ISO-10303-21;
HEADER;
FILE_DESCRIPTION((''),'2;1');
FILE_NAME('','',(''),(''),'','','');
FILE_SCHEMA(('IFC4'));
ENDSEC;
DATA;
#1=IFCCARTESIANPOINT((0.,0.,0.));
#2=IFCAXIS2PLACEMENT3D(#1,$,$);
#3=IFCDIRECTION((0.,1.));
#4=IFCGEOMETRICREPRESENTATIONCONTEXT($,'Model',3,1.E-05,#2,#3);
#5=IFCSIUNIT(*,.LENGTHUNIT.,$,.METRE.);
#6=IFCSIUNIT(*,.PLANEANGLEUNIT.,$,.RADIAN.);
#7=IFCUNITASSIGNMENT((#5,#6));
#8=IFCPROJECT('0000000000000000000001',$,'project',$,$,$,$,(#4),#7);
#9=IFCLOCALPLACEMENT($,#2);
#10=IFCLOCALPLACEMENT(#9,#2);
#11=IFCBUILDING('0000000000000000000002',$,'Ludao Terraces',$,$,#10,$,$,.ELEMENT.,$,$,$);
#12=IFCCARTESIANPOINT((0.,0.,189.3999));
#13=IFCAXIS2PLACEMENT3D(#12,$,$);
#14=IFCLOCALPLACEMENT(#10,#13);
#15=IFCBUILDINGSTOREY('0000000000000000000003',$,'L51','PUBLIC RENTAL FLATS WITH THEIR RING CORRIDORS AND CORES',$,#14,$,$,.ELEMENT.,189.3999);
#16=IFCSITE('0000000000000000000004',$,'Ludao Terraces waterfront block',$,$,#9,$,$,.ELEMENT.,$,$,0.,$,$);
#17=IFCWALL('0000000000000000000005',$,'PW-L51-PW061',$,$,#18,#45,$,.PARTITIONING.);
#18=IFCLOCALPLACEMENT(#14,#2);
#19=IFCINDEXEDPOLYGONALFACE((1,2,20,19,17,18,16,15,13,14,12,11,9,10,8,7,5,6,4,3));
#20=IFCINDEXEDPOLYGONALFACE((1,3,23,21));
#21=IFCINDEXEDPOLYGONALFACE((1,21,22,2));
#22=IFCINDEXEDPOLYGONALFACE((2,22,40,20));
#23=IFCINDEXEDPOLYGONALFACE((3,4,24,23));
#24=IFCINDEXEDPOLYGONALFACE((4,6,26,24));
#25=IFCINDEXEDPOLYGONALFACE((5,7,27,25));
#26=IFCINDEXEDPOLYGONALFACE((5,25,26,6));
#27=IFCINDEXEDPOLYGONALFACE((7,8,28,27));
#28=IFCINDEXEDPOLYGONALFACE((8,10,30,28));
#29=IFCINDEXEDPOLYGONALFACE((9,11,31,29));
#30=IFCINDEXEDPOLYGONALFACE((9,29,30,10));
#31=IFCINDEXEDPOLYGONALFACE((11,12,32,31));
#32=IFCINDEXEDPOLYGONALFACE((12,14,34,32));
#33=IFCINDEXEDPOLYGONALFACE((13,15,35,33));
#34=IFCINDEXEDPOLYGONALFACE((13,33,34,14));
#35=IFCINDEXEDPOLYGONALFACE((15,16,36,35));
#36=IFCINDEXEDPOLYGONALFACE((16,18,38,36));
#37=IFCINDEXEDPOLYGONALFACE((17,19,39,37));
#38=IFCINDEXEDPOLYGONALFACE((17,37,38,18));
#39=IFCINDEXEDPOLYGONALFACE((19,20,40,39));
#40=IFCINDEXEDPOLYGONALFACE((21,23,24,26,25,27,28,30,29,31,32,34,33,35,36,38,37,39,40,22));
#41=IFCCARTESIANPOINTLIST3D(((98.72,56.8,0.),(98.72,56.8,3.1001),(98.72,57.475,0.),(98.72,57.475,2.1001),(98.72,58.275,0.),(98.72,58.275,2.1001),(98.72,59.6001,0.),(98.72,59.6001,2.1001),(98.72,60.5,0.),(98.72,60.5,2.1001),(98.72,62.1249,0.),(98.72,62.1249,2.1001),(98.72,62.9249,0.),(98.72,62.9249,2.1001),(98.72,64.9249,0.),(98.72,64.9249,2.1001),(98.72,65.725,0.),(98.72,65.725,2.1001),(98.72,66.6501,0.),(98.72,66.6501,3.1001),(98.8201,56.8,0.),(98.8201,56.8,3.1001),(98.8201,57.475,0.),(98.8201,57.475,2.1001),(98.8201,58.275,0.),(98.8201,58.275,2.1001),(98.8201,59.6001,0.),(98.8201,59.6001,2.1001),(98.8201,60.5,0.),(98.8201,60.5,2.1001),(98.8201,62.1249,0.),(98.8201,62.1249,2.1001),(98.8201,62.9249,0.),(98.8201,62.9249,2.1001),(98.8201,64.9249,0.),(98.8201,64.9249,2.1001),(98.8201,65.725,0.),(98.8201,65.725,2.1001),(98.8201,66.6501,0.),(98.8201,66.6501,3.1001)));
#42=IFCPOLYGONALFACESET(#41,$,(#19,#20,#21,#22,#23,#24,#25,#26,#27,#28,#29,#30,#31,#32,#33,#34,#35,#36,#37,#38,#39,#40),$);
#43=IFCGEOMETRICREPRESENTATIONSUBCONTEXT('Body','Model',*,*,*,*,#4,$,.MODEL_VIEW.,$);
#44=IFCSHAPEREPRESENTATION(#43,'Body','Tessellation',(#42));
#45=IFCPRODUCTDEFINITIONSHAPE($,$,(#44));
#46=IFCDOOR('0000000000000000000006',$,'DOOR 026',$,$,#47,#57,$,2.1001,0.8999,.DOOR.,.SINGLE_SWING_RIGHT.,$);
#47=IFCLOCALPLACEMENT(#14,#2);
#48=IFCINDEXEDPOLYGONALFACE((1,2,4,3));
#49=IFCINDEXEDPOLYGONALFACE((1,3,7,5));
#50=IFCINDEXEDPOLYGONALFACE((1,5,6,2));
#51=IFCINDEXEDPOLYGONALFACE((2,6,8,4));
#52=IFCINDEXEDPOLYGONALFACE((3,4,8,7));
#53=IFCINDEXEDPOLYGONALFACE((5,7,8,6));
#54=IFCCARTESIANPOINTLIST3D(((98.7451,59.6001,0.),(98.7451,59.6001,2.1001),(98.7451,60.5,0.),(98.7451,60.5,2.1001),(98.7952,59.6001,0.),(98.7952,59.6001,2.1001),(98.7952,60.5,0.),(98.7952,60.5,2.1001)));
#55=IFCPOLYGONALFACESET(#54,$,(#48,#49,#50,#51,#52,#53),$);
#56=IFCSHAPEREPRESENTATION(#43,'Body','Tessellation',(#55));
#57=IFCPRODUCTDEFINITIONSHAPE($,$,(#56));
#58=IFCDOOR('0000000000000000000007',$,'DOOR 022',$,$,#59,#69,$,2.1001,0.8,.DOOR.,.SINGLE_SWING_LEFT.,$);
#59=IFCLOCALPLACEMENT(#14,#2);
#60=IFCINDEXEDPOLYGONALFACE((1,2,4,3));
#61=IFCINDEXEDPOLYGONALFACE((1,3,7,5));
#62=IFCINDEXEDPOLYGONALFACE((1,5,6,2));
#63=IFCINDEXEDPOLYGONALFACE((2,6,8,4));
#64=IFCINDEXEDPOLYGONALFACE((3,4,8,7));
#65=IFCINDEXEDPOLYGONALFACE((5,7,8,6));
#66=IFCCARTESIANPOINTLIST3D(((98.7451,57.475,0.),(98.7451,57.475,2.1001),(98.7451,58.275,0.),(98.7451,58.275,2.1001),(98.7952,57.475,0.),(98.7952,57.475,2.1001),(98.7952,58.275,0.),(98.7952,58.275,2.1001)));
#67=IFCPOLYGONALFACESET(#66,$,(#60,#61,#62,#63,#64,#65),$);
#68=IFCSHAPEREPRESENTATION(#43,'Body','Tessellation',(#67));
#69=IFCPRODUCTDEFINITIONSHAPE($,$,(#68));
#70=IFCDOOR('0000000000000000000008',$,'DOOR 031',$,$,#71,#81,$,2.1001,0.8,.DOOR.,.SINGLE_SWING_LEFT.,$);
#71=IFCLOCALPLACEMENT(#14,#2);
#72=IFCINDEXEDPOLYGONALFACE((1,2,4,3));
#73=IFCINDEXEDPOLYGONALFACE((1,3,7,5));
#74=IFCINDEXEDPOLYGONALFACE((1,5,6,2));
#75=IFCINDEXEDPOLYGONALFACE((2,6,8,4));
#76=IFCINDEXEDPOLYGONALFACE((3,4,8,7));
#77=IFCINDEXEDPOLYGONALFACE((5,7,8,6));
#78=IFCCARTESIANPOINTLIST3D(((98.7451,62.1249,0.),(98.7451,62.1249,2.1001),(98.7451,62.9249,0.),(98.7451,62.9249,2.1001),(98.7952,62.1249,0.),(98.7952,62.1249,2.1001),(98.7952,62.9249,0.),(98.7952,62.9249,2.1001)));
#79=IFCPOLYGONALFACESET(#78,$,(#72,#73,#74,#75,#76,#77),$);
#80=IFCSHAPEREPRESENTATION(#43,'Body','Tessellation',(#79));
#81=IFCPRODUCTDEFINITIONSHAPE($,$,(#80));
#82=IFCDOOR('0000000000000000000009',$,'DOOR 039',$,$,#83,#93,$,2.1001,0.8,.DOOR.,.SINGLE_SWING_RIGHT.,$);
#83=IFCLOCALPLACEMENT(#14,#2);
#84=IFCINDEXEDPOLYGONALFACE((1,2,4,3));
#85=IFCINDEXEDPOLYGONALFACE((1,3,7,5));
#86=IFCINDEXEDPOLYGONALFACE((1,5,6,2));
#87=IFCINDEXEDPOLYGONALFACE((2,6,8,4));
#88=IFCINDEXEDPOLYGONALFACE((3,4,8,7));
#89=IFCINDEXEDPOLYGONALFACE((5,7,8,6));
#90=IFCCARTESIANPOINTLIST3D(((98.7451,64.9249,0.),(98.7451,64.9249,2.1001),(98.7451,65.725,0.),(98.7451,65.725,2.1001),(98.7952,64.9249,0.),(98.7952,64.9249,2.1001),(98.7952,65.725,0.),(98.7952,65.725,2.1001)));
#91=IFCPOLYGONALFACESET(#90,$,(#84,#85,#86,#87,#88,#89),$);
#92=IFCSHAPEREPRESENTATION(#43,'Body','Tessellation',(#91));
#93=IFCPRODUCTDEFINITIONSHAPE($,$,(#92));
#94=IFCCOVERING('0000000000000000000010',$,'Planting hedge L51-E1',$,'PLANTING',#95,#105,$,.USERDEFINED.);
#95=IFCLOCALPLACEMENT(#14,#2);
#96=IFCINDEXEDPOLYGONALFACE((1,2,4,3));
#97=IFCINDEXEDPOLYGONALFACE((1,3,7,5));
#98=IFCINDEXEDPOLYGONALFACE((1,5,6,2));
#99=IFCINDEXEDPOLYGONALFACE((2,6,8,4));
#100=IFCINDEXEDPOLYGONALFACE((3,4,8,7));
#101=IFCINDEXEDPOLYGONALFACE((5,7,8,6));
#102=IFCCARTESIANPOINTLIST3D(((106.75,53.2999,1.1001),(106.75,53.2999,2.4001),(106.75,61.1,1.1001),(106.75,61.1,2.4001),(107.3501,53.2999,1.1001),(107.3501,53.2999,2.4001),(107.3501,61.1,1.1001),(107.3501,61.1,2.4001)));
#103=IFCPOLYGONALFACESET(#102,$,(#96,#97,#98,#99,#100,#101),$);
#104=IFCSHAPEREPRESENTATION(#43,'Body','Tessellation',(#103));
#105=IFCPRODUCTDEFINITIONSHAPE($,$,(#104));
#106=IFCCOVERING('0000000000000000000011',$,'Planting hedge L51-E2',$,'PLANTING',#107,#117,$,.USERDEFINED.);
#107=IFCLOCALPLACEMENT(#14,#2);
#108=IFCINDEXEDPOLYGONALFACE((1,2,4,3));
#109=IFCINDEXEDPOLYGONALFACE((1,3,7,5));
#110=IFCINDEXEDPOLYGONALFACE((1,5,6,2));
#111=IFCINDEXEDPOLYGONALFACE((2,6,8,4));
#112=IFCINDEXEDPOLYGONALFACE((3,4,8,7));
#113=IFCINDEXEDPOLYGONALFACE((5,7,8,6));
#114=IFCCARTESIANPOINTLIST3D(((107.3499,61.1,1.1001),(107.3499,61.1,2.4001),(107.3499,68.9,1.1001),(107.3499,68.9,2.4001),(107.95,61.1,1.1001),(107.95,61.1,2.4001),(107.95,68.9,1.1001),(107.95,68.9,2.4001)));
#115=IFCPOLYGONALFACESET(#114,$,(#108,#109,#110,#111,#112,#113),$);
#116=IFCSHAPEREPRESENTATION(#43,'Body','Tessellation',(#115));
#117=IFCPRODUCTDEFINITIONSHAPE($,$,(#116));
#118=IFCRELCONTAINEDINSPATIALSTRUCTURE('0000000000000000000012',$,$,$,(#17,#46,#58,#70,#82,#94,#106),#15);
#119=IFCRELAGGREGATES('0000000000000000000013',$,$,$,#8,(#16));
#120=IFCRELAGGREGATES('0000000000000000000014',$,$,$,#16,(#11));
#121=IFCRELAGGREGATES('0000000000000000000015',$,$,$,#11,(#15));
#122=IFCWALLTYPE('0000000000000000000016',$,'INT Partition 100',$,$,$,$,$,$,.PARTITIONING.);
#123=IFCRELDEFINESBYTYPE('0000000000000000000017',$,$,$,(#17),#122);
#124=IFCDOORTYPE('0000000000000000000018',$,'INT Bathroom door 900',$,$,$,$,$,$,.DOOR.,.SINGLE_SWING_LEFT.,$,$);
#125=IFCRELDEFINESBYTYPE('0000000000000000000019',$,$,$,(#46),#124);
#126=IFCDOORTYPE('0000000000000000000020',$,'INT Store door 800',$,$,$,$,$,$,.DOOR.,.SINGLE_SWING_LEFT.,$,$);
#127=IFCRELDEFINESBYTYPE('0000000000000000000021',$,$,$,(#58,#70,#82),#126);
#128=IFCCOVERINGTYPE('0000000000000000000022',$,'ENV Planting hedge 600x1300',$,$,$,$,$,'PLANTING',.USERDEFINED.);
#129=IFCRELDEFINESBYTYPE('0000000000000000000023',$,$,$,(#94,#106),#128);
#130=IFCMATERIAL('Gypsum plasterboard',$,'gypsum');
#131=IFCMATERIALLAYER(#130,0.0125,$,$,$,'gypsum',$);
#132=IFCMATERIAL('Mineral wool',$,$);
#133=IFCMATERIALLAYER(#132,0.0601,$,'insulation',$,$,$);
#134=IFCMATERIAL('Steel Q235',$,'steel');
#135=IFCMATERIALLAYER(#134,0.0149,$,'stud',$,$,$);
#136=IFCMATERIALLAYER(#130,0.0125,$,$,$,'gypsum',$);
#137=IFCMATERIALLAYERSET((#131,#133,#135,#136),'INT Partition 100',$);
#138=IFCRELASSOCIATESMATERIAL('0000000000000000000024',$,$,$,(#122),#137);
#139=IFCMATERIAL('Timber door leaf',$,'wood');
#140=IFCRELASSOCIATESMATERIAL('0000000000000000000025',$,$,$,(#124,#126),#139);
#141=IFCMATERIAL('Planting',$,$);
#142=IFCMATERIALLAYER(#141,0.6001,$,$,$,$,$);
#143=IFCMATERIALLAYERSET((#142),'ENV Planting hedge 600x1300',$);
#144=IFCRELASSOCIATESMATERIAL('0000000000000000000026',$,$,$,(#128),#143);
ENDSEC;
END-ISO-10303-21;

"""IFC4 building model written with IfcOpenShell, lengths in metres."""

from ifc_helpers import new_model, si_unit, direction, frame, frame_2d, origin, origin_2d, place, context, subcontext, project, spatial, rectangle, extrude, material, layer, layer_set, type_object, element, fill, save


model = new_model("IFC4")

# Units and contexts
model_context = context("Model", 3, precision=1e-05, world=origin(), true_north=direction((0.0, 1.0)))
body_context = subcontext(model_context, "Body", "Model", "MODEL_VIEW")
ifc_project = project(units=[si_unit("LENGTHUNIT", "METRE"), si_unit("PLANEANGLEUNIT", "RADIAN")], contexts=[model_context])

# Site, building, storey
site_placement = place(None, origin())
site = spatial("IfcSite", under=ifc_project, at=site_placement, Name="Ludao Terraces waterfront block", CompositionType="ELEMENT", RefElevation=0.0)
building_placement = place(site_placement, origin())
building = spatial("IfcBuilding", under=site, at=building_placement, Name="Ludao Terraces", CompositionType="ELEMENT")
storey_placement = place(building_placement, frame((0.0, 0.0, 189.3999)))
storey = spatial("IfcBuildingStorey", under=building, at=storey_placement, Name="L51", Description="PUBLIC RENTAL FLATS WITH THEIR RING CORRIDORS AND CORES", CompositionType="ELEMENT", Elevation=189.3999)

# Shared definitions
ifc_material_1 = material(Name="Mineral wool")

# Shared definitions
ifc_material_2 = material(Name="Gypsum plasterboard", Category="gypsum")
ifc_layer_1 = layer(ifc_material_2, 0.0125, Category="gypsum")
ifc_layer_2 = layer(ifc_material_1, 0.0601, Name="insulation")
ifc_material_3 = material(Name="Steel Q235", Category="steel")
ifc_layer_3 = layer(ifc_material_3, 0.0149, Name="stud")
ifc_layer_4 = layer(ifc_material_2, 0.0125, Category="gypsum")
ifc_layer_set_1 = layer_set([ifc_layer_1, ifc_layer_2, ifc_layer_3, ifc_layer_4], Name="INT Partition 100")
wall_type_1 = type_object("IfcWallType", Name="INT Partition 100", PredefinedType="PARTITIONING", material=ifc_layer_set_1)

# Wall, openings, doors
wall_1_placement = place(storey_placement, frame((98.77, 56.8, 0.0), z_axis=(0.0, 0.0, 1.0), x_axis=(0.0, 1.0, 0.0)))
wall_1 = element("IfcWall", 1, at=wall_1_placement, inside=storey, type_object=wall_type_1, Name="PW-L51-PW061", PredefinedType="PARTITIONING", context=body_context, shape_type="SweptSolid", body=[
    extrude(rectangle(XDim=9.8501, YDim=0.1001, at=frame_2d((4.925, 0.0))), origin(), (0.0, 0.0, 1.0), 3.1001),
])
opening_1_placement = place(wall_1_placement, frame((0.675, 0.0, 0.0)))
opening_1 = element("IfcOpeningElement", 2, at=opening_1_placement, cuts=wall_1, PredefinedType="OPENING", context=body_context, shape_type="SweptSolid", body=[
    extrude(rectangle(XDim=0.8, YDim=2.1001, at=frame_2d((0.3999, 1.05))), frame((0.0, 0.0601, 0.0), z_axis=(0.0, -1.0, 0.0), x_axis=(1.0, 0.0, 0.0)), (0.0, 0.0, 1.0), 0.1201),
])
opening_2_placement = place(wall_1_placement, frame((2.8, 0.0, 0.0)))
opening_2 = element("IfcOpeningElement", 3, at=opening_2_placement, cuts=wall_1, PredefinedType="OPENING", context=body_context, shape_type="SweptSolid", body=[
    extrude(rectangle(XDim=0.8999, YDim=2.1001, at=frame_2d((0.45, 1.05))), frame((0.0, 0.0601, 0.0), z_axis=(0.0, -1.0, 0.0), x_axis=(1.0, 0.0, 0.0)), (0.0, 0.0, 1.0), 0.1201),
])
opening_3_placement = place(wall_1_placement, frame((5.325, 0.0, 0.0)))
opening_3 = element("IfcOpeningElement", 4, at=opening_3_placement, cuts=wall_1, PredefinedType="OPENING", context=body_context, shape_type="SweptSolid", body=[
    extrude(rectangle(XDim=0.8, YDim=2.1001, at=frame_2d((0.3999, 1.05))), frame((0.0, 0.0601, 0.0), z_axis=(0.0, -1.0, 0.0), x_axis=(1.0, 0.0, 0.0)), (0.0, 0.0, 1.0), 0.1201),
])
opening_4_placement = place(wall_1_placement, frame((8.125, 0.0, 0.0)))
opening_4 = element("IfcOpeningElement", 5, at=opening_4_placement, cuts=wall_1, PredefinedType="OPENING", context=body_context, shape_type="SweptSolid", body=[
    extrude(rectangle(XDim=0.8, YDim=2.1001, at=frame_2d((0.3999, 1.05))), frame((0.0, 0.0601, 0.0), z_axis=(0.0, -1.0, 0.0), x_axis=(1.0, 0.0, 0.0)), (0.0, 0.0, 1.0), 0.1201),
])
ifc_material_4 = material(Name="Timber door leaf", Category="wood")
door_type_1 = type_object("IfcDoorType", Name="INT Bathroom door 900", OperationType="SINGLE_SWING_LEFT", PredefinedType="DOOR", material=ifc_material_4)
door_1_placement = place(opening_2_placement, origin())
door_1 = element("IfcDoor", 6, at=door_1_placement, inside=storey, type_object=door_type_1, Name="DOOR 026", OperationType="SINGLE_SWING_RIGHT", OverallHeight=2.1001, OverallWidth=0.8999, PredefinedType="DOOR", context=body_context, shape_type="SweptSolid", body=[
    extrude(rectangle(XDim=0.8999, YDim=2.1001, at=frame_2d((0.45, 1.05))), frame((0.0, 0.0249, 0.0), z_axis=(0.0, -1.0, 0.0), x_axis=(1.0, 0.0, 0.0)), (0.0, 0.0, 1.0), 0.05),
])
fill(opening_2, door_1)
door_type_2 = type_object("IfcDoorType", Name="INT Store door 800", OperationType="SINGLE_SWING_LEFT", PredefinedType="DOOR", material=ifc_material_4)
door_2_placement = place(opening_1_placement, origin())
door_2 = element("IfcDoor", 7, at=door_2_placement, inside=storey, type_object=door_type_2, Name="DOOR 022", OperationType="SINGLE_SWING_LEFT", OverallHeight=2.1001, OverallWidth=0.8, PredefinedType="DOOR", context=body_context, shape_type="SweptSolid", body=[
    extrude(rectangle(XDim=0.8, YDim=2.1001, at=frame_2d((0.3999, 1.05))), frame((0.0, 0.0249, 0.0), z_axis=(0.0, -1.0, 0.0), x_axis=(1.0, 0.0, 0.0)), (0.0, 0.0, 1.0), 0.05),
])
fill(opening_1, door_2)
door_3_placement = place(opening_3_placement, origin())
door_3 = element("IfcDoor", 8, at=door_3_placement, inside=storey, type_object=door_type_2, Name="DOOR 031", OperationType="SINGLE_SWING_LEFT", OverallHeight=2.1001, OverallWidth=0.8, PredefinedType="DOOR", context=body_context, shape_type="SweptSolid", body=[
    extrude(rectangle(XDim=0.8, YDim=2.1001, at=frame_2d((0.3999, 1.05))), frame((0.0, 0.0249, 0.0), z_axis=(0.0, -1.0, 0.0), x_axis=(1.0, 0.0, 0.0)), (0.0, 0.0, 1.0), 0.05),
])
fill(opening_3, door_3)
door_4_placement = place(opening_4_placement, origin())
door_4 = element("IfcDoor", 9, at=door_4_placement, inside=storey, type_object=door_type_2, Name="DOOR 039", OperationType="SINGLE_SWING_RIGHT", OverallHeight=2.1001, OverallWidth=0.8, PredefinedType="DOOR", context=body_context, shape_type="SweptSolid", body=[
    extrude(rectangle(XDim=0.8, YDim=2.1001, at=frame_2d((0.3999, 1.05))), frame((0.0, 0.0249, 0.0), z_axis=(0.0, -1.0, 0.0), x_axis=(1.0, 0.0, 0.0)), (0.0, 0.0, 1.0), 0.05),
])
fill(opening_4, door_4)

# Coverings
ifc_material_5 = material(Name="Planting")
ifc_layer_5 = layer(ifc_material_5, 0.6001)
ifc_layer_set_2 = layer_set([ifc_layer_5], Name="ENV Planting hedge 600x1300")
covering_type = type_object("IfcCoveringType", Name="ENV Planting hedge 600x1300", ElementType="PLANTING", PredefinedType="USERDEFINED", material=ifc_layer_set_2)
for number, where, z_axis, x_axis, name in (
    (10, (107.05, 57.2, 1.1001), (0.0, 0.0, 1.0), (1.0, 0.0, 0.0), "Planting hedge L51-E1"),
    (11, (107.6499, 65.0, 1.1001), (0.0, 0.0, 1.0), (1.0, 0.0, 0.0), "Planting hedge L51-E2"),
):
    element("IfcCovering", number, at=place(storey_placement, frame(where, z_axis=z_axis, x_axis=x_axis)), inside=storey, type_object=covering_type, Name=name, ObjectType="PLANTING", PredefinedType="USERDEFINED", context=body_context, shape_type="SweptSolid", body=[
        extrude(rectangle(XDim=0.6001, YDim=7.8, at=origin_2d()), origin(), (0.0, 0.0, 1.0), 1.3),
    ])

save(model, "model.ifc")
